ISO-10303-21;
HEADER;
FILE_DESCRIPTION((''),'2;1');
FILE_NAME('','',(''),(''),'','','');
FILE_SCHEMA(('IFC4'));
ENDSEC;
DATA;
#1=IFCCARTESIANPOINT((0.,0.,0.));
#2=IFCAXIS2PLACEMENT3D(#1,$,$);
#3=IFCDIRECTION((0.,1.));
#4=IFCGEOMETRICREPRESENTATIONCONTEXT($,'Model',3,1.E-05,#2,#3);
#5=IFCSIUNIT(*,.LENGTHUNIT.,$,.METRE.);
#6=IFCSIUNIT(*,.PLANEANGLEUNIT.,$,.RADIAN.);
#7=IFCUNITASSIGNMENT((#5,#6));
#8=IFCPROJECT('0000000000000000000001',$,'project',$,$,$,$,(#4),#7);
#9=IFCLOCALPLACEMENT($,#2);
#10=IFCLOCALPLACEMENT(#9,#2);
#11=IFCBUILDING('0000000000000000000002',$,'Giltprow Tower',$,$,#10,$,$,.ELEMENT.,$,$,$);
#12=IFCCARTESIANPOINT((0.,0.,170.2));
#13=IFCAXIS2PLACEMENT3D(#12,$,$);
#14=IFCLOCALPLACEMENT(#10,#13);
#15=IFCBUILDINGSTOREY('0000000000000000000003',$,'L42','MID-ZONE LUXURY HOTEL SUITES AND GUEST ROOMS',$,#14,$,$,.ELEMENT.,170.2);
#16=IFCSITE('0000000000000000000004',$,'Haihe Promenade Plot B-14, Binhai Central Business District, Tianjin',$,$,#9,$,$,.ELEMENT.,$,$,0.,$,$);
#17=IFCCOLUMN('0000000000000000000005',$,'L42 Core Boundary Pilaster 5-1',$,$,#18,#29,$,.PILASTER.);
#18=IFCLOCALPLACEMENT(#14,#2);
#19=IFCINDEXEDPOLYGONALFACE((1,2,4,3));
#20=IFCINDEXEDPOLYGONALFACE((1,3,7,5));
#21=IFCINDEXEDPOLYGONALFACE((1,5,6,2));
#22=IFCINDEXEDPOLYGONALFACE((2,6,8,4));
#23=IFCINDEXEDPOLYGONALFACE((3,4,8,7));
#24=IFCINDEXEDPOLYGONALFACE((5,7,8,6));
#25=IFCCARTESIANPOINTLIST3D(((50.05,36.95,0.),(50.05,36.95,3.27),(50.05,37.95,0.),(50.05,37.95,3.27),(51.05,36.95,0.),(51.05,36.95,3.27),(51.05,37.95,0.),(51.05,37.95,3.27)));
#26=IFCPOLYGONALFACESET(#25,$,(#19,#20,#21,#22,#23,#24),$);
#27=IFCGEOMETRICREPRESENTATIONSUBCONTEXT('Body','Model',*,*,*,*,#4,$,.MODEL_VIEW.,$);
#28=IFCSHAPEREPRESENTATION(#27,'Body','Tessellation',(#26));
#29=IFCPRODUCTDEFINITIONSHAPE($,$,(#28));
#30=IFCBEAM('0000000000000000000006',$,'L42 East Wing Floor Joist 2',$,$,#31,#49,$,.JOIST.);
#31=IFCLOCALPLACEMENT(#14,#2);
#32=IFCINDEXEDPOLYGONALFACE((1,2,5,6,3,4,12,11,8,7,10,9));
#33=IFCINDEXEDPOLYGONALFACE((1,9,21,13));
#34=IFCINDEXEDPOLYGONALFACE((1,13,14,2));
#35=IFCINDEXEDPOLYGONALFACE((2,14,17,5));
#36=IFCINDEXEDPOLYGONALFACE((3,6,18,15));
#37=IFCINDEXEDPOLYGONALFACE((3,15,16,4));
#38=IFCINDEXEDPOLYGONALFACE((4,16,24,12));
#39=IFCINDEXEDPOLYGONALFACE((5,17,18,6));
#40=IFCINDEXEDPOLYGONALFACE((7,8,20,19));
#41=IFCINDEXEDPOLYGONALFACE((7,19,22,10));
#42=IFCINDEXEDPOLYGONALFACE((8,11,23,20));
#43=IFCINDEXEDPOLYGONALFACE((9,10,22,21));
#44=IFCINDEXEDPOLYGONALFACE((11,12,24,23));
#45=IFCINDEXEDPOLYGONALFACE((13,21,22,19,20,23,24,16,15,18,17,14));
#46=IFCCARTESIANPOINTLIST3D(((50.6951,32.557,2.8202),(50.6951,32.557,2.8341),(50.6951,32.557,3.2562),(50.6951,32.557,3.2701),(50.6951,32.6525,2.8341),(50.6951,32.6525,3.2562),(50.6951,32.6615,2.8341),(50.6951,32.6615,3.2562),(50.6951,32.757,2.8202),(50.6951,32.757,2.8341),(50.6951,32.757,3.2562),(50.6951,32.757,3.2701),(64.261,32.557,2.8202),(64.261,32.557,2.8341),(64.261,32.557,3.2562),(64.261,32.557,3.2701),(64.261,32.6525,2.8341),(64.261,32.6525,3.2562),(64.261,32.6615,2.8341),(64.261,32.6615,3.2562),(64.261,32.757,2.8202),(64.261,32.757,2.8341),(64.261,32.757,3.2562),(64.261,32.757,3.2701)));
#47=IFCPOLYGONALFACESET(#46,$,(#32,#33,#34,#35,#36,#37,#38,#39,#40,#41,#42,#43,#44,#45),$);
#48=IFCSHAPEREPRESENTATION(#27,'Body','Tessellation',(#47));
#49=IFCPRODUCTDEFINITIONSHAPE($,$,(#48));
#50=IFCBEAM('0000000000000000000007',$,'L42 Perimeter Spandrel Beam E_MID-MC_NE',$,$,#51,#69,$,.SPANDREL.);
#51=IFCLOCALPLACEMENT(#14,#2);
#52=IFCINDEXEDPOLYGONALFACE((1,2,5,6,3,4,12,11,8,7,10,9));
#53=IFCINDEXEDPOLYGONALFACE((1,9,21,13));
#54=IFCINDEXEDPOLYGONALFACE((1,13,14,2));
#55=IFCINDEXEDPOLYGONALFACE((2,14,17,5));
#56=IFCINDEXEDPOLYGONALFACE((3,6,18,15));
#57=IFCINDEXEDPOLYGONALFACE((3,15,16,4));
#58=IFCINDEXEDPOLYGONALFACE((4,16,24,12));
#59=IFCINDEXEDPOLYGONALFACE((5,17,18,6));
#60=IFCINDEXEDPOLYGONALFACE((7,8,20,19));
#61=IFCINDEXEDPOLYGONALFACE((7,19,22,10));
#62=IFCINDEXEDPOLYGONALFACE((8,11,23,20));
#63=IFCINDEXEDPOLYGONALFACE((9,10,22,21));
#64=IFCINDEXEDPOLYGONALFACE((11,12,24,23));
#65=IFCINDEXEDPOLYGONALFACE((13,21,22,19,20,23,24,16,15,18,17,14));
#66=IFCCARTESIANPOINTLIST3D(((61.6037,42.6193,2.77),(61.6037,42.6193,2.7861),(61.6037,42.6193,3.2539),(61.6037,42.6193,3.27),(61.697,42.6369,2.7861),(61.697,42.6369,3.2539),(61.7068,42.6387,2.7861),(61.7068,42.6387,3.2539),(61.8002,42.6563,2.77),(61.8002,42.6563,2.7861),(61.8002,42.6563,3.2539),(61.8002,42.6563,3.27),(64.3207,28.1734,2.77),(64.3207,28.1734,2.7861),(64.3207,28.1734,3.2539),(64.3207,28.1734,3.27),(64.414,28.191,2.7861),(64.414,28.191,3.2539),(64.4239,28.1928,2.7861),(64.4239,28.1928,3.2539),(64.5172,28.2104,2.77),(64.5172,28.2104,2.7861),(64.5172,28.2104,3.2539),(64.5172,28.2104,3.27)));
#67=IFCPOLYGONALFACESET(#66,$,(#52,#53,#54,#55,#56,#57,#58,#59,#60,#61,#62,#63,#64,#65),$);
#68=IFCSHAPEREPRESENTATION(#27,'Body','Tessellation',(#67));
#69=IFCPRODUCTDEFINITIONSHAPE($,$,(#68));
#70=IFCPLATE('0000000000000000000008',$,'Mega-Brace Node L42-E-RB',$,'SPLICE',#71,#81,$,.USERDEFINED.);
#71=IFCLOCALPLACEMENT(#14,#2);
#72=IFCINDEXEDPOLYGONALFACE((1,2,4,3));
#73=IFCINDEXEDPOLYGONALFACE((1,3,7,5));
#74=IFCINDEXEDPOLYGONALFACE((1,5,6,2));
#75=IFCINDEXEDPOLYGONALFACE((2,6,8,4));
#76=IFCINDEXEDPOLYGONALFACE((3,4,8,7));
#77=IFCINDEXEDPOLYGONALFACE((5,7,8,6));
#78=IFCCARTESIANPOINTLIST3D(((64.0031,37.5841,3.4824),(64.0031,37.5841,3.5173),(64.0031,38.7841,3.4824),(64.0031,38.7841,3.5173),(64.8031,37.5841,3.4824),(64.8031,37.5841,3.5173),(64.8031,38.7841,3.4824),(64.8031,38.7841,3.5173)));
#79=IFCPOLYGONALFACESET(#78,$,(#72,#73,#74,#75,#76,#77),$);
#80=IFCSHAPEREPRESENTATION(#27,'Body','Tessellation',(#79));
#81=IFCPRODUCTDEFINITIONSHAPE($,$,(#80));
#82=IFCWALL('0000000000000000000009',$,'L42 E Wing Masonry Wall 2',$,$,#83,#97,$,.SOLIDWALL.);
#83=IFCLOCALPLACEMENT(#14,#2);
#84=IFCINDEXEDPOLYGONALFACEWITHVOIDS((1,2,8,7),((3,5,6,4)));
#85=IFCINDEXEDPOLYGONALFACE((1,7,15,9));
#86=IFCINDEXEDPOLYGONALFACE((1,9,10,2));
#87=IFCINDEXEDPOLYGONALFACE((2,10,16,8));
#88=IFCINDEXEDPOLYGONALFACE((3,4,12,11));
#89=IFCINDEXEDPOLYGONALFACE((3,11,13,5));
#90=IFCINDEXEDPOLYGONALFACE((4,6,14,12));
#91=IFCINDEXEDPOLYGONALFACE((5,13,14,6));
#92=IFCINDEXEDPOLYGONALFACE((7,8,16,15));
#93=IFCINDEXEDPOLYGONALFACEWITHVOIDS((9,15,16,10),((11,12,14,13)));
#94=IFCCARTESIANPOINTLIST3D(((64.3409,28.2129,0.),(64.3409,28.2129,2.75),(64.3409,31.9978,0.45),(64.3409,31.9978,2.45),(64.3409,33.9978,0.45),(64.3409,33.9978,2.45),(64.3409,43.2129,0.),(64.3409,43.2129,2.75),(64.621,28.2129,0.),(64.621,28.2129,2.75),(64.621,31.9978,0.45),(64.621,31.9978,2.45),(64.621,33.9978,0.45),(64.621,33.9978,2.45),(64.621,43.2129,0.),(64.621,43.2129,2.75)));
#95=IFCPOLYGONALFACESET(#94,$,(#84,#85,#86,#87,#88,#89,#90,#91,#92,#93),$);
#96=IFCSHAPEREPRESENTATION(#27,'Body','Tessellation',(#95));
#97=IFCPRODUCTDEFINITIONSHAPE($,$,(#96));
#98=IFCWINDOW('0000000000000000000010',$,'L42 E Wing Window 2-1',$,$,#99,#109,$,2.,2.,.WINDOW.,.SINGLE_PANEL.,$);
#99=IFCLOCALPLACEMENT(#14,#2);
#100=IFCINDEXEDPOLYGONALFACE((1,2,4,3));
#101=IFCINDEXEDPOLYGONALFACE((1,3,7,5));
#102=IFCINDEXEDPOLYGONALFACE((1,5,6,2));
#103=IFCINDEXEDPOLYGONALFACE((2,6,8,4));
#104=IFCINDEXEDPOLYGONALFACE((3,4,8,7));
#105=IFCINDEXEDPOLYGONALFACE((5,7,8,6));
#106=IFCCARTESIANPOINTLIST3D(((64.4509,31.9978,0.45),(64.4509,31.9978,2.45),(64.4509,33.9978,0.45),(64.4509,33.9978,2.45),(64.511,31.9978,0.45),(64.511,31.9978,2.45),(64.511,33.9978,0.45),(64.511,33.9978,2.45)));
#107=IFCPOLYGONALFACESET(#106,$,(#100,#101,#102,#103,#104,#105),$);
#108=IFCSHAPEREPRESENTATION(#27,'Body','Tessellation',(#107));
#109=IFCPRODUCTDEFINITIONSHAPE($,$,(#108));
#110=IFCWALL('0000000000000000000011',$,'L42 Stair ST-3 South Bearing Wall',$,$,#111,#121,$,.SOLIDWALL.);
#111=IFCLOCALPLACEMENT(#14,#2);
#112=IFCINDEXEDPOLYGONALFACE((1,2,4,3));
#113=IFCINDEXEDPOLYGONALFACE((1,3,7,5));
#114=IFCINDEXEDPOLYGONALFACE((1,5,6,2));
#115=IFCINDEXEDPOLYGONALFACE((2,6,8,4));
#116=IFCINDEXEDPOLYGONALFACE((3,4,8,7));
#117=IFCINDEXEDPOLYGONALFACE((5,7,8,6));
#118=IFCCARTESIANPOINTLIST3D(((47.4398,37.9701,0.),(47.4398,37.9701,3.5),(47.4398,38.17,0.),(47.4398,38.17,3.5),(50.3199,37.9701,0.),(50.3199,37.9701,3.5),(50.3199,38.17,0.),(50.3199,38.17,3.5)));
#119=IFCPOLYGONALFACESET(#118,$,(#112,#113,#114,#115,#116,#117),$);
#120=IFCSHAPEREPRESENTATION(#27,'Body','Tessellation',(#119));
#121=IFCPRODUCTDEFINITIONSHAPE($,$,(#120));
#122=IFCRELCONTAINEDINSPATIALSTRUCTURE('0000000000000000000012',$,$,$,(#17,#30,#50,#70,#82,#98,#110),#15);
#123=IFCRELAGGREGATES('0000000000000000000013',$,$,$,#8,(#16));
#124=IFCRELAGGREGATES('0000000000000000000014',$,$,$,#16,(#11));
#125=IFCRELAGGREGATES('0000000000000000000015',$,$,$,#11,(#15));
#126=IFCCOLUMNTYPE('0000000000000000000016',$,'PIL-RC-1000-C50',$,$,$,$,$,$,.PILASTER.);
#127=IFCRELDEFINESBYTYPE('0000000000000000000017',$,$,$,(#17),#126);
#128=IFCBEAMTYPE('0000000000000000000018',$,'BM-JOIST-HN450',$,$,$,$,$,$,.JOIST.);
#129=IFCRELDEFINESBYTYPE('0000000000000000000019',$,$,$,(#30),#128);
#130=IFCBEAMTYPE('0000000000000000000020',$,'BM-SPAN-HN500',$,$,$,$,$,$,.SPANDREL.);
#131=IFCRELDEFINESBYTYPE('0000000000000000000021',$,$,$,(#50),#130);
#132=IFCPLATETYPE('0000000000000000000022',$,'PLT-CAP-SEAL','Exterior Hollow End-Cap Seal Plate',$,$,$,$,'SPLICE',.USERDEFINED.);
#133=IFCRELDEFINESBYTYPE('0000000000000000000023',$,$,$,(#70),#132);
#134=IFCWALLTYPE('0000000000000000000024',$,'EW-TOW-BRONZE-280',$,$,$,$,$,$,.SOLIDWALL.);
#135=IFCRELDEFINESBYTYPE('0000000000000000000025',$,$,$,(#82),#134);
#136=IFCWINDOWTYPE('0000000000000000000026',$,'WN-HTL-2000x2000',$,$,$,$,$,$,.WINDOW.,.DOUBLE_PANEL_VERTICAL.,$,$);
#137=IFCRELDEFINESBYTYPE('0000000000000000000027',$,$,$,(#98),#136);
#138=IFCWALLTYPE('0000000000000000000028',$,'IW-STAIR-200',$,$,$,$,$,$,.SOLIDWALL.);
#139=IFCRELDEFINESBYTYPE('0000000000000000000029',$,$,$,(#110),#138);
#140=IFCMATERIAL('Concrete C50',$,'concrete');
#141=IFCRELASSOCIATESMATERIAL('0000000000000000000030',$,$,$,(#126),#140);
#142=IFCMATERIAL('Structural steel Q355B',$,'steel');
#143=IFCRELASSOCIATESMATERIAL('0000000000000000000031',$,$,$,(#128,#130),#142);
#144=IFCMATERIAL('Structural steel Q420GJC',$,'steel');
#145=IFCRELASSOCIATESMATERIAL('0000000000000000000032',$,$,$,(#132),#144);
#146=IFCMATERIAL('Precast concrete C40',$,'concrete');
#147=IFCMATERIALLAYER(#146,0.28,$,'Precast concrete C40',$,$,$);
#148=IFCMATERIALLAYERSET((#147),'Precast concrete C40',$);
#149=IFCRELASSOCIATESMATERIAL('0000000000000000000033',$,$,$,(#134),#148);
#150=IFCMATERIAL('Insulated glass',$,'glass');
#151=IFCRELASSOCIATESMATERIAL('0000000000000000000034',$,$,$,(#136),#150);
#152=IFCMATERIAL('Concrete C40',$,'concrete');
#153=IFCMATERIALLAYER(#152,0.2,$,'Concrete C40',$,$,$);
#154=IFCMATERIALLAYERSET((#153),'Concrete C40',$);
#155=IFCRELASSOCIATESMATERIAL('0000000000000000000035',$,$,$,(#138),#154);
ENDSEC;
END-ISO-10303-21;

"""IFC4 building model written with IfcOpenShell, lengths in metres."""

from ifc_helpers import new_model, si_unit, direction, frame, frame_2d, origin, origin_2d, place, context, subcontext, project, spatial, rectangle, i_section, extrude, source, transform, mapped, material, layer, layer_set, material_profile, profile_set, type_object, element, fill, save


model = new_model("IFC4")

# Units and contexts
model_context = context("Model", 3, precision=1e-05, world=origin(), true_north=direction((0.0, 1.0)))
body_context = subcontext(model_context, "Body", "Model", "MODEL_VIEW")
ifc_project = project(units=[si_unit("LENGTHUNIT", "METRE"), si_unit("PLANEANGLEUNIT", "RADIAN")], contexts=[model_context])

# Site, building, storey
site_placement = place(None, origin())
site = spatial("IfcSite", under=ifc_project, at=site_placement, Name="Haihe Promenade Plot B-14, Binhai Central Business District, Tianjin", CompositionType="ELEMENT", RefElevation=0.0)
building_placement = place(site_placement, origin())
building = spatial("IfcBuilding", under=site, at=building_placement, Name="Giltprow Tower", CompositionType="ELEMENT")
storey_placement = place(building_placement, frame((0.0, 0.0, 170.2)))
storey = spatial("IfcBuildingStorey", under=building, at=storey_placement, Name="L42", Description="MID-ZONE LUXURY HOTEL SUITES AND GUEST ROOMS", CompositionType="ELEMENT", Elevation=170.2)

# Column
ifc_material_1 = material(Name="Concrete C50", Category="concrete")
ifc_material_profile_1 = material_profile(ifc_material_1, rectangle(XDim=1.0, YDim=1.0, at=origin_2d()), Name="RC 1000x1000")
ifc_profile_set_1 = profile_set([ifc_material_profile_1], Name="Concrete C50")
column_type = type_object("IfcColumnType", Name="PIL-RC-1000-C50", PredefinedType="PILASTER", material=ifc_profile_set_1)
shared_shape_1 = source(origin(), body_context, "Body", "SweptSolid", [
    extrude(rectangle(XDim=1.0, YDim=1.0, at=origin_2d()), origin(), (0.0, 0.0, 1.0), 3.27),
])
column_placement = place(storey_placement, frame((50.55, 37.45, 0.0), z_axis=(0.0, 0.0, 1.0), x_axis=(1.0, 0.0, 0.0)))
element("IfcColumn", 1, at=column_placement, inside=storey, type_object=column_type, Name="L42 Core Boundary Pilaster 5-1", PredefinedType="PILASTER", context=body_context, shape_type="MappedRepresentation", body=[
    mapped(shared_shape_1, transform((0.0, 0.0, 0.0), x_axis=(1.0, 0.0, 0.0), y_axis=(0.0, 1.0, 0.0), z_axis=(0.0, 0.0, 1.0), scale=1.0)),
])

# Beams
ifc_material_2 = material(Name="Structural steel Q355B", Category="steel")
ifc_material_profile_2 = material_profile(ifc_material_2, i_section(OverallWidth=0.2, OverallDepth=0.45, WebThickness=0.009, FlangeThickness=0.0139, at=origin_2d()), Name="HN 450x200x9x14")
ifc_profile_set_2 = profile_set([ifc_material_profile_2], Name="Structural steel Q355B")
beam_type_1 = type_object("IfcBeamType", Name="BM-JOIST-HN450", PredefinedType="JOIST", material=ifc_profile_set_2)
shared_shape_2 = source(origin(), body_context, "Body", "SweptSolid", [
    extrude(i_section(OverallWidth=0.2, OverallDepth=0.45, WebThickness=0.009, FlangeThickness=0.0139, at=origin_2d()), origin(), (0.0, 0.0, 1.0), 13.5659),
])
beam_1_placement = place(storey_placement, frame((50.6951, 32.657, 3.0452), z_axis=(1.0, 0.0, 0.0), x_axis=(0.0, 1.0, 0.0)))
element("IfcBeam", 2, at=beam_1_placement, inside=storey, type_object=beam_type_1, Name="L42 East Wing Floor Joist 2", PredefinedType="JOIST", context=body_context, shape_type="MappedRepresentation", body=[
    mapped(shared_shape_2, transform((0.0, 0.0, 0.0), x_axis=(1.0, 0.0, 0.0), y_axis=(0.0, 1.0, 0.0), z_axis=(0.0, 0.0, 1.0), scale=1.0)),
])
ifc_material_profile_3 = material_profile(ifc_material_2, i_section(OverallWidth=0.2, OverallDepth=0.5, WebThickness=0.01, FlangeThickness=0.0161, at=origin_2d()), Name="HN 500x200x10x16")
ifc_profile_set_3 = profile_set([ifc_material_profile_3], Name="Structural steel Q355B")
beam_type_2 = type_object("IfcBeamType", Name="BM-SPAN-HN500", PredefinedType="SPANDREL", material=ifc_profile_set_3)
shared_shape_3 = source(origin(), body_context, "Body", "SweptSolid", [
    extrude(i_section(OverallWidth=0.2, OverallDepth=0.5, WebThickness=0.01, FlangeThickness=0.0161, at=origin_2d()), origin(), (0.0, 0.0, 1.0), 14.6992),
])
beam_2_placement = place(storey_placement, frame((64.4189, 28.1919, 3.02), z_axis=(-0.184841, 0.982768, 0.0), x_axis=(-0.982768, -0.184841, 0.0)))
element("IfcBeam", 3, at=beam_2_placement, inside=storey, type_object=beam_type_2, Name="L42 Perimeter Spandrel Beam E_MID-MC_NE", PredefinedType="SPANDREL", context=body_context, shape_type="MappedRepresentation", body=[
    mapped(shared_shape_3, transform((0.0, 0.0, 0.0), x_axis=(1.0, 0.0, 0.0), y_axis=(0.0, 1.0, 0.0), z_axis=(0.0, 0.0, 1.0), scale=1.0)),
])

# Plate
ifc_material_3 = material(Name="Structural steel Q420GJC", Category="steel")
plate_type = type_object("IfcPlateType", Name="PLT-CAP-SEAL", Description="Exterior Hollow End-Cap Seal Plate", ElementType="SPLICE", PredefinedType="USERDEFINED", material=ifc_material_3)
shared_shape_4 = source(origin(), body_context, "Body", "SweptSolid", [
    extrude(rectangle(XDim=1.2, YDim=0.8, at=origin_2d()), origin(), (0.0, 0.0, 1.0), 0.0349),
])
plate_placement = place(storey_placement, frame((64.4031, 38.1841, 3.4824), z_axis=(0.0, 0.0, 1.0), x_axis=(0.0, 1.0, 0.0)))
element("IfcPlate", 4, at=plate_placement, inside=storey, type_object=plate_type, Name="Mega-Brace Node L42-E-RB", ObjectType="SPLICE", PredefinedType="USERDEFINED", context=body_context, shape_type="MappedRepresentation", body=[
    mapped(shared_shape_4, transform((0.0, 0.0, 0.0), x_axis=(1.0, 0.0, 0.0), y_axis=(0.0, 1.0, 0.0), z_axis=(0.0, 0.0, 1.0), scale=1.0)),
])

# Wall, opening, window
ifc_material_4 = material(Name="Precast concrete C40", Category="concrete")
ifc_layer_1 = layer(ifc_material_4, 0.28, Name="Precast concrete C40")
ifc_layer_set_1 = layer_set([ifc_layer_1], Name="Precast concrete C40")
wall_type_1 = type_object("IfcWallType", Name="EW-TOW-BRONZE-280", PredefinedType="SOLIDWALL", material=ifc_layer_set_1)
wall_1_placement = place(storey_placement, frame((64.481, 28.2129, 0.0), z_axis=(0.0, 0.0, 1.0), x_axis=(0.0, 1.0, 0.0)))
wall_1 = element("IfcWall", 5, at=wall_1_placement, inside=storey, type_object=wall_type_1, Name="L42 E Wing Masonry Wall 2", PredefinedType="SOLIDWALL", context=body_context, shape_type="SweptSolid", body=[
    extrude(rectangle(XDim=15.0, YDim=0.28, at=frame_2d((7.5, 0.0))), origin(), (0.0, 0.0, 1.0), 2.75),
])
opening_1_placement = place(wall_1_placement, frame((3.7849, 0.0, 0.45)))
opening_1 = element("IfcOpeningElement", 6, at=opening_1_placement, cuts=wall_1, PredefinedType="OPENING", context=body_context, shape_type="SweptSolid", body=[
    extrude(rectangle(XDim=2.0, YDim=2.0, at=frame_2d((1.0, 1.0))), frame((0.0, 0.1499, 0.0), z_axis=(0.0, -1.0, 0.0), x_axis=(1.0, 0.0, 0.0)), (0.0, 0.0, 1.0), 0.3),
])
ifc_material_5 = material(Name="Insulated glass", Category="glass")
window_type = type_object("IfcWindowType", Name="WN-HTL-2000x2000", PartitioningType="DOUBLE_PANEL_VERTICAL", PredefinedType="WINDOW", material=ifc_material_5)
shared_shape_5 = source(origin(), body_context, "Body", "SweptSolid", [
    extrude(rectangle(XDim=2.0, YDim=2.0, at=frame_2d((1.0, 1.0))), frame((0.0, 0.03, 0.0), z_axis=(0.0, -1.0, 0.0), x_axis=(1.0, 0.0, 0.0)), (0.0, 0.0, 1.0), 0.0601),
])
window_placement = place(opening_1_placement, origin())
window = element("IfcWindow", 7, at=window_placement, inside=storey, type_object=window_type, Name="L42 E Wing Window 2-1", OverallHeight=2.0, OverallWidth=2.0, PartitioningType="SINGLE_PANEL", PredefinedType="WINDOW", context=body_context, shape_type="MappedRepresentation", body=[
    mapped(shared_shape_5, transform((0.0, 0.0, 0.0), x_axis=(1.0, 0.0, 0.0), y_axis=(0.0, 1.0, 0.0), z_axis=(0.0, 0.0, 1.0), scale=1.0)),
])
fill(opening_1, window)

# Wall
ifc_material_6 = material(Name="Concrete C40", Category="concrete")
ifc_layer_2 = layer(ifc_material_6, 0.2, Name="Concrete C40")
ifc_layer_set_2 = layer_set([ifc_layer_2], Name="Concrete C40")
wall_type_2 = type_object("IfcWallType", Name="IW-STAIR-200", PredefinedType="SOLIDWALL", material=ifc_layer_set_2)
wall_2_placement = place(storey_placement, frame((47.4399, 38.0701, 0.0), z_axis=(0.0, 0.0, 1.0), x_axis=(1.0, 0.0, 0.0)))
element("IfcWall", 8, at=wall_2_placement, inside=storey, type_object=wall_type_2, Name="L42 Stair ST-3 South Bearing Wall", PredefinedType="SOLIDWALL", context=body_context, shape_type="SweptSolid", body=[
    extrude(rectangle(XDim=2.8801, YDim=0.2, at=frame_2d((1.4399, 0.0))), origin(), (0.0, 0.0, 1.0), 3.5),
])

save(model, "model.ifc")
